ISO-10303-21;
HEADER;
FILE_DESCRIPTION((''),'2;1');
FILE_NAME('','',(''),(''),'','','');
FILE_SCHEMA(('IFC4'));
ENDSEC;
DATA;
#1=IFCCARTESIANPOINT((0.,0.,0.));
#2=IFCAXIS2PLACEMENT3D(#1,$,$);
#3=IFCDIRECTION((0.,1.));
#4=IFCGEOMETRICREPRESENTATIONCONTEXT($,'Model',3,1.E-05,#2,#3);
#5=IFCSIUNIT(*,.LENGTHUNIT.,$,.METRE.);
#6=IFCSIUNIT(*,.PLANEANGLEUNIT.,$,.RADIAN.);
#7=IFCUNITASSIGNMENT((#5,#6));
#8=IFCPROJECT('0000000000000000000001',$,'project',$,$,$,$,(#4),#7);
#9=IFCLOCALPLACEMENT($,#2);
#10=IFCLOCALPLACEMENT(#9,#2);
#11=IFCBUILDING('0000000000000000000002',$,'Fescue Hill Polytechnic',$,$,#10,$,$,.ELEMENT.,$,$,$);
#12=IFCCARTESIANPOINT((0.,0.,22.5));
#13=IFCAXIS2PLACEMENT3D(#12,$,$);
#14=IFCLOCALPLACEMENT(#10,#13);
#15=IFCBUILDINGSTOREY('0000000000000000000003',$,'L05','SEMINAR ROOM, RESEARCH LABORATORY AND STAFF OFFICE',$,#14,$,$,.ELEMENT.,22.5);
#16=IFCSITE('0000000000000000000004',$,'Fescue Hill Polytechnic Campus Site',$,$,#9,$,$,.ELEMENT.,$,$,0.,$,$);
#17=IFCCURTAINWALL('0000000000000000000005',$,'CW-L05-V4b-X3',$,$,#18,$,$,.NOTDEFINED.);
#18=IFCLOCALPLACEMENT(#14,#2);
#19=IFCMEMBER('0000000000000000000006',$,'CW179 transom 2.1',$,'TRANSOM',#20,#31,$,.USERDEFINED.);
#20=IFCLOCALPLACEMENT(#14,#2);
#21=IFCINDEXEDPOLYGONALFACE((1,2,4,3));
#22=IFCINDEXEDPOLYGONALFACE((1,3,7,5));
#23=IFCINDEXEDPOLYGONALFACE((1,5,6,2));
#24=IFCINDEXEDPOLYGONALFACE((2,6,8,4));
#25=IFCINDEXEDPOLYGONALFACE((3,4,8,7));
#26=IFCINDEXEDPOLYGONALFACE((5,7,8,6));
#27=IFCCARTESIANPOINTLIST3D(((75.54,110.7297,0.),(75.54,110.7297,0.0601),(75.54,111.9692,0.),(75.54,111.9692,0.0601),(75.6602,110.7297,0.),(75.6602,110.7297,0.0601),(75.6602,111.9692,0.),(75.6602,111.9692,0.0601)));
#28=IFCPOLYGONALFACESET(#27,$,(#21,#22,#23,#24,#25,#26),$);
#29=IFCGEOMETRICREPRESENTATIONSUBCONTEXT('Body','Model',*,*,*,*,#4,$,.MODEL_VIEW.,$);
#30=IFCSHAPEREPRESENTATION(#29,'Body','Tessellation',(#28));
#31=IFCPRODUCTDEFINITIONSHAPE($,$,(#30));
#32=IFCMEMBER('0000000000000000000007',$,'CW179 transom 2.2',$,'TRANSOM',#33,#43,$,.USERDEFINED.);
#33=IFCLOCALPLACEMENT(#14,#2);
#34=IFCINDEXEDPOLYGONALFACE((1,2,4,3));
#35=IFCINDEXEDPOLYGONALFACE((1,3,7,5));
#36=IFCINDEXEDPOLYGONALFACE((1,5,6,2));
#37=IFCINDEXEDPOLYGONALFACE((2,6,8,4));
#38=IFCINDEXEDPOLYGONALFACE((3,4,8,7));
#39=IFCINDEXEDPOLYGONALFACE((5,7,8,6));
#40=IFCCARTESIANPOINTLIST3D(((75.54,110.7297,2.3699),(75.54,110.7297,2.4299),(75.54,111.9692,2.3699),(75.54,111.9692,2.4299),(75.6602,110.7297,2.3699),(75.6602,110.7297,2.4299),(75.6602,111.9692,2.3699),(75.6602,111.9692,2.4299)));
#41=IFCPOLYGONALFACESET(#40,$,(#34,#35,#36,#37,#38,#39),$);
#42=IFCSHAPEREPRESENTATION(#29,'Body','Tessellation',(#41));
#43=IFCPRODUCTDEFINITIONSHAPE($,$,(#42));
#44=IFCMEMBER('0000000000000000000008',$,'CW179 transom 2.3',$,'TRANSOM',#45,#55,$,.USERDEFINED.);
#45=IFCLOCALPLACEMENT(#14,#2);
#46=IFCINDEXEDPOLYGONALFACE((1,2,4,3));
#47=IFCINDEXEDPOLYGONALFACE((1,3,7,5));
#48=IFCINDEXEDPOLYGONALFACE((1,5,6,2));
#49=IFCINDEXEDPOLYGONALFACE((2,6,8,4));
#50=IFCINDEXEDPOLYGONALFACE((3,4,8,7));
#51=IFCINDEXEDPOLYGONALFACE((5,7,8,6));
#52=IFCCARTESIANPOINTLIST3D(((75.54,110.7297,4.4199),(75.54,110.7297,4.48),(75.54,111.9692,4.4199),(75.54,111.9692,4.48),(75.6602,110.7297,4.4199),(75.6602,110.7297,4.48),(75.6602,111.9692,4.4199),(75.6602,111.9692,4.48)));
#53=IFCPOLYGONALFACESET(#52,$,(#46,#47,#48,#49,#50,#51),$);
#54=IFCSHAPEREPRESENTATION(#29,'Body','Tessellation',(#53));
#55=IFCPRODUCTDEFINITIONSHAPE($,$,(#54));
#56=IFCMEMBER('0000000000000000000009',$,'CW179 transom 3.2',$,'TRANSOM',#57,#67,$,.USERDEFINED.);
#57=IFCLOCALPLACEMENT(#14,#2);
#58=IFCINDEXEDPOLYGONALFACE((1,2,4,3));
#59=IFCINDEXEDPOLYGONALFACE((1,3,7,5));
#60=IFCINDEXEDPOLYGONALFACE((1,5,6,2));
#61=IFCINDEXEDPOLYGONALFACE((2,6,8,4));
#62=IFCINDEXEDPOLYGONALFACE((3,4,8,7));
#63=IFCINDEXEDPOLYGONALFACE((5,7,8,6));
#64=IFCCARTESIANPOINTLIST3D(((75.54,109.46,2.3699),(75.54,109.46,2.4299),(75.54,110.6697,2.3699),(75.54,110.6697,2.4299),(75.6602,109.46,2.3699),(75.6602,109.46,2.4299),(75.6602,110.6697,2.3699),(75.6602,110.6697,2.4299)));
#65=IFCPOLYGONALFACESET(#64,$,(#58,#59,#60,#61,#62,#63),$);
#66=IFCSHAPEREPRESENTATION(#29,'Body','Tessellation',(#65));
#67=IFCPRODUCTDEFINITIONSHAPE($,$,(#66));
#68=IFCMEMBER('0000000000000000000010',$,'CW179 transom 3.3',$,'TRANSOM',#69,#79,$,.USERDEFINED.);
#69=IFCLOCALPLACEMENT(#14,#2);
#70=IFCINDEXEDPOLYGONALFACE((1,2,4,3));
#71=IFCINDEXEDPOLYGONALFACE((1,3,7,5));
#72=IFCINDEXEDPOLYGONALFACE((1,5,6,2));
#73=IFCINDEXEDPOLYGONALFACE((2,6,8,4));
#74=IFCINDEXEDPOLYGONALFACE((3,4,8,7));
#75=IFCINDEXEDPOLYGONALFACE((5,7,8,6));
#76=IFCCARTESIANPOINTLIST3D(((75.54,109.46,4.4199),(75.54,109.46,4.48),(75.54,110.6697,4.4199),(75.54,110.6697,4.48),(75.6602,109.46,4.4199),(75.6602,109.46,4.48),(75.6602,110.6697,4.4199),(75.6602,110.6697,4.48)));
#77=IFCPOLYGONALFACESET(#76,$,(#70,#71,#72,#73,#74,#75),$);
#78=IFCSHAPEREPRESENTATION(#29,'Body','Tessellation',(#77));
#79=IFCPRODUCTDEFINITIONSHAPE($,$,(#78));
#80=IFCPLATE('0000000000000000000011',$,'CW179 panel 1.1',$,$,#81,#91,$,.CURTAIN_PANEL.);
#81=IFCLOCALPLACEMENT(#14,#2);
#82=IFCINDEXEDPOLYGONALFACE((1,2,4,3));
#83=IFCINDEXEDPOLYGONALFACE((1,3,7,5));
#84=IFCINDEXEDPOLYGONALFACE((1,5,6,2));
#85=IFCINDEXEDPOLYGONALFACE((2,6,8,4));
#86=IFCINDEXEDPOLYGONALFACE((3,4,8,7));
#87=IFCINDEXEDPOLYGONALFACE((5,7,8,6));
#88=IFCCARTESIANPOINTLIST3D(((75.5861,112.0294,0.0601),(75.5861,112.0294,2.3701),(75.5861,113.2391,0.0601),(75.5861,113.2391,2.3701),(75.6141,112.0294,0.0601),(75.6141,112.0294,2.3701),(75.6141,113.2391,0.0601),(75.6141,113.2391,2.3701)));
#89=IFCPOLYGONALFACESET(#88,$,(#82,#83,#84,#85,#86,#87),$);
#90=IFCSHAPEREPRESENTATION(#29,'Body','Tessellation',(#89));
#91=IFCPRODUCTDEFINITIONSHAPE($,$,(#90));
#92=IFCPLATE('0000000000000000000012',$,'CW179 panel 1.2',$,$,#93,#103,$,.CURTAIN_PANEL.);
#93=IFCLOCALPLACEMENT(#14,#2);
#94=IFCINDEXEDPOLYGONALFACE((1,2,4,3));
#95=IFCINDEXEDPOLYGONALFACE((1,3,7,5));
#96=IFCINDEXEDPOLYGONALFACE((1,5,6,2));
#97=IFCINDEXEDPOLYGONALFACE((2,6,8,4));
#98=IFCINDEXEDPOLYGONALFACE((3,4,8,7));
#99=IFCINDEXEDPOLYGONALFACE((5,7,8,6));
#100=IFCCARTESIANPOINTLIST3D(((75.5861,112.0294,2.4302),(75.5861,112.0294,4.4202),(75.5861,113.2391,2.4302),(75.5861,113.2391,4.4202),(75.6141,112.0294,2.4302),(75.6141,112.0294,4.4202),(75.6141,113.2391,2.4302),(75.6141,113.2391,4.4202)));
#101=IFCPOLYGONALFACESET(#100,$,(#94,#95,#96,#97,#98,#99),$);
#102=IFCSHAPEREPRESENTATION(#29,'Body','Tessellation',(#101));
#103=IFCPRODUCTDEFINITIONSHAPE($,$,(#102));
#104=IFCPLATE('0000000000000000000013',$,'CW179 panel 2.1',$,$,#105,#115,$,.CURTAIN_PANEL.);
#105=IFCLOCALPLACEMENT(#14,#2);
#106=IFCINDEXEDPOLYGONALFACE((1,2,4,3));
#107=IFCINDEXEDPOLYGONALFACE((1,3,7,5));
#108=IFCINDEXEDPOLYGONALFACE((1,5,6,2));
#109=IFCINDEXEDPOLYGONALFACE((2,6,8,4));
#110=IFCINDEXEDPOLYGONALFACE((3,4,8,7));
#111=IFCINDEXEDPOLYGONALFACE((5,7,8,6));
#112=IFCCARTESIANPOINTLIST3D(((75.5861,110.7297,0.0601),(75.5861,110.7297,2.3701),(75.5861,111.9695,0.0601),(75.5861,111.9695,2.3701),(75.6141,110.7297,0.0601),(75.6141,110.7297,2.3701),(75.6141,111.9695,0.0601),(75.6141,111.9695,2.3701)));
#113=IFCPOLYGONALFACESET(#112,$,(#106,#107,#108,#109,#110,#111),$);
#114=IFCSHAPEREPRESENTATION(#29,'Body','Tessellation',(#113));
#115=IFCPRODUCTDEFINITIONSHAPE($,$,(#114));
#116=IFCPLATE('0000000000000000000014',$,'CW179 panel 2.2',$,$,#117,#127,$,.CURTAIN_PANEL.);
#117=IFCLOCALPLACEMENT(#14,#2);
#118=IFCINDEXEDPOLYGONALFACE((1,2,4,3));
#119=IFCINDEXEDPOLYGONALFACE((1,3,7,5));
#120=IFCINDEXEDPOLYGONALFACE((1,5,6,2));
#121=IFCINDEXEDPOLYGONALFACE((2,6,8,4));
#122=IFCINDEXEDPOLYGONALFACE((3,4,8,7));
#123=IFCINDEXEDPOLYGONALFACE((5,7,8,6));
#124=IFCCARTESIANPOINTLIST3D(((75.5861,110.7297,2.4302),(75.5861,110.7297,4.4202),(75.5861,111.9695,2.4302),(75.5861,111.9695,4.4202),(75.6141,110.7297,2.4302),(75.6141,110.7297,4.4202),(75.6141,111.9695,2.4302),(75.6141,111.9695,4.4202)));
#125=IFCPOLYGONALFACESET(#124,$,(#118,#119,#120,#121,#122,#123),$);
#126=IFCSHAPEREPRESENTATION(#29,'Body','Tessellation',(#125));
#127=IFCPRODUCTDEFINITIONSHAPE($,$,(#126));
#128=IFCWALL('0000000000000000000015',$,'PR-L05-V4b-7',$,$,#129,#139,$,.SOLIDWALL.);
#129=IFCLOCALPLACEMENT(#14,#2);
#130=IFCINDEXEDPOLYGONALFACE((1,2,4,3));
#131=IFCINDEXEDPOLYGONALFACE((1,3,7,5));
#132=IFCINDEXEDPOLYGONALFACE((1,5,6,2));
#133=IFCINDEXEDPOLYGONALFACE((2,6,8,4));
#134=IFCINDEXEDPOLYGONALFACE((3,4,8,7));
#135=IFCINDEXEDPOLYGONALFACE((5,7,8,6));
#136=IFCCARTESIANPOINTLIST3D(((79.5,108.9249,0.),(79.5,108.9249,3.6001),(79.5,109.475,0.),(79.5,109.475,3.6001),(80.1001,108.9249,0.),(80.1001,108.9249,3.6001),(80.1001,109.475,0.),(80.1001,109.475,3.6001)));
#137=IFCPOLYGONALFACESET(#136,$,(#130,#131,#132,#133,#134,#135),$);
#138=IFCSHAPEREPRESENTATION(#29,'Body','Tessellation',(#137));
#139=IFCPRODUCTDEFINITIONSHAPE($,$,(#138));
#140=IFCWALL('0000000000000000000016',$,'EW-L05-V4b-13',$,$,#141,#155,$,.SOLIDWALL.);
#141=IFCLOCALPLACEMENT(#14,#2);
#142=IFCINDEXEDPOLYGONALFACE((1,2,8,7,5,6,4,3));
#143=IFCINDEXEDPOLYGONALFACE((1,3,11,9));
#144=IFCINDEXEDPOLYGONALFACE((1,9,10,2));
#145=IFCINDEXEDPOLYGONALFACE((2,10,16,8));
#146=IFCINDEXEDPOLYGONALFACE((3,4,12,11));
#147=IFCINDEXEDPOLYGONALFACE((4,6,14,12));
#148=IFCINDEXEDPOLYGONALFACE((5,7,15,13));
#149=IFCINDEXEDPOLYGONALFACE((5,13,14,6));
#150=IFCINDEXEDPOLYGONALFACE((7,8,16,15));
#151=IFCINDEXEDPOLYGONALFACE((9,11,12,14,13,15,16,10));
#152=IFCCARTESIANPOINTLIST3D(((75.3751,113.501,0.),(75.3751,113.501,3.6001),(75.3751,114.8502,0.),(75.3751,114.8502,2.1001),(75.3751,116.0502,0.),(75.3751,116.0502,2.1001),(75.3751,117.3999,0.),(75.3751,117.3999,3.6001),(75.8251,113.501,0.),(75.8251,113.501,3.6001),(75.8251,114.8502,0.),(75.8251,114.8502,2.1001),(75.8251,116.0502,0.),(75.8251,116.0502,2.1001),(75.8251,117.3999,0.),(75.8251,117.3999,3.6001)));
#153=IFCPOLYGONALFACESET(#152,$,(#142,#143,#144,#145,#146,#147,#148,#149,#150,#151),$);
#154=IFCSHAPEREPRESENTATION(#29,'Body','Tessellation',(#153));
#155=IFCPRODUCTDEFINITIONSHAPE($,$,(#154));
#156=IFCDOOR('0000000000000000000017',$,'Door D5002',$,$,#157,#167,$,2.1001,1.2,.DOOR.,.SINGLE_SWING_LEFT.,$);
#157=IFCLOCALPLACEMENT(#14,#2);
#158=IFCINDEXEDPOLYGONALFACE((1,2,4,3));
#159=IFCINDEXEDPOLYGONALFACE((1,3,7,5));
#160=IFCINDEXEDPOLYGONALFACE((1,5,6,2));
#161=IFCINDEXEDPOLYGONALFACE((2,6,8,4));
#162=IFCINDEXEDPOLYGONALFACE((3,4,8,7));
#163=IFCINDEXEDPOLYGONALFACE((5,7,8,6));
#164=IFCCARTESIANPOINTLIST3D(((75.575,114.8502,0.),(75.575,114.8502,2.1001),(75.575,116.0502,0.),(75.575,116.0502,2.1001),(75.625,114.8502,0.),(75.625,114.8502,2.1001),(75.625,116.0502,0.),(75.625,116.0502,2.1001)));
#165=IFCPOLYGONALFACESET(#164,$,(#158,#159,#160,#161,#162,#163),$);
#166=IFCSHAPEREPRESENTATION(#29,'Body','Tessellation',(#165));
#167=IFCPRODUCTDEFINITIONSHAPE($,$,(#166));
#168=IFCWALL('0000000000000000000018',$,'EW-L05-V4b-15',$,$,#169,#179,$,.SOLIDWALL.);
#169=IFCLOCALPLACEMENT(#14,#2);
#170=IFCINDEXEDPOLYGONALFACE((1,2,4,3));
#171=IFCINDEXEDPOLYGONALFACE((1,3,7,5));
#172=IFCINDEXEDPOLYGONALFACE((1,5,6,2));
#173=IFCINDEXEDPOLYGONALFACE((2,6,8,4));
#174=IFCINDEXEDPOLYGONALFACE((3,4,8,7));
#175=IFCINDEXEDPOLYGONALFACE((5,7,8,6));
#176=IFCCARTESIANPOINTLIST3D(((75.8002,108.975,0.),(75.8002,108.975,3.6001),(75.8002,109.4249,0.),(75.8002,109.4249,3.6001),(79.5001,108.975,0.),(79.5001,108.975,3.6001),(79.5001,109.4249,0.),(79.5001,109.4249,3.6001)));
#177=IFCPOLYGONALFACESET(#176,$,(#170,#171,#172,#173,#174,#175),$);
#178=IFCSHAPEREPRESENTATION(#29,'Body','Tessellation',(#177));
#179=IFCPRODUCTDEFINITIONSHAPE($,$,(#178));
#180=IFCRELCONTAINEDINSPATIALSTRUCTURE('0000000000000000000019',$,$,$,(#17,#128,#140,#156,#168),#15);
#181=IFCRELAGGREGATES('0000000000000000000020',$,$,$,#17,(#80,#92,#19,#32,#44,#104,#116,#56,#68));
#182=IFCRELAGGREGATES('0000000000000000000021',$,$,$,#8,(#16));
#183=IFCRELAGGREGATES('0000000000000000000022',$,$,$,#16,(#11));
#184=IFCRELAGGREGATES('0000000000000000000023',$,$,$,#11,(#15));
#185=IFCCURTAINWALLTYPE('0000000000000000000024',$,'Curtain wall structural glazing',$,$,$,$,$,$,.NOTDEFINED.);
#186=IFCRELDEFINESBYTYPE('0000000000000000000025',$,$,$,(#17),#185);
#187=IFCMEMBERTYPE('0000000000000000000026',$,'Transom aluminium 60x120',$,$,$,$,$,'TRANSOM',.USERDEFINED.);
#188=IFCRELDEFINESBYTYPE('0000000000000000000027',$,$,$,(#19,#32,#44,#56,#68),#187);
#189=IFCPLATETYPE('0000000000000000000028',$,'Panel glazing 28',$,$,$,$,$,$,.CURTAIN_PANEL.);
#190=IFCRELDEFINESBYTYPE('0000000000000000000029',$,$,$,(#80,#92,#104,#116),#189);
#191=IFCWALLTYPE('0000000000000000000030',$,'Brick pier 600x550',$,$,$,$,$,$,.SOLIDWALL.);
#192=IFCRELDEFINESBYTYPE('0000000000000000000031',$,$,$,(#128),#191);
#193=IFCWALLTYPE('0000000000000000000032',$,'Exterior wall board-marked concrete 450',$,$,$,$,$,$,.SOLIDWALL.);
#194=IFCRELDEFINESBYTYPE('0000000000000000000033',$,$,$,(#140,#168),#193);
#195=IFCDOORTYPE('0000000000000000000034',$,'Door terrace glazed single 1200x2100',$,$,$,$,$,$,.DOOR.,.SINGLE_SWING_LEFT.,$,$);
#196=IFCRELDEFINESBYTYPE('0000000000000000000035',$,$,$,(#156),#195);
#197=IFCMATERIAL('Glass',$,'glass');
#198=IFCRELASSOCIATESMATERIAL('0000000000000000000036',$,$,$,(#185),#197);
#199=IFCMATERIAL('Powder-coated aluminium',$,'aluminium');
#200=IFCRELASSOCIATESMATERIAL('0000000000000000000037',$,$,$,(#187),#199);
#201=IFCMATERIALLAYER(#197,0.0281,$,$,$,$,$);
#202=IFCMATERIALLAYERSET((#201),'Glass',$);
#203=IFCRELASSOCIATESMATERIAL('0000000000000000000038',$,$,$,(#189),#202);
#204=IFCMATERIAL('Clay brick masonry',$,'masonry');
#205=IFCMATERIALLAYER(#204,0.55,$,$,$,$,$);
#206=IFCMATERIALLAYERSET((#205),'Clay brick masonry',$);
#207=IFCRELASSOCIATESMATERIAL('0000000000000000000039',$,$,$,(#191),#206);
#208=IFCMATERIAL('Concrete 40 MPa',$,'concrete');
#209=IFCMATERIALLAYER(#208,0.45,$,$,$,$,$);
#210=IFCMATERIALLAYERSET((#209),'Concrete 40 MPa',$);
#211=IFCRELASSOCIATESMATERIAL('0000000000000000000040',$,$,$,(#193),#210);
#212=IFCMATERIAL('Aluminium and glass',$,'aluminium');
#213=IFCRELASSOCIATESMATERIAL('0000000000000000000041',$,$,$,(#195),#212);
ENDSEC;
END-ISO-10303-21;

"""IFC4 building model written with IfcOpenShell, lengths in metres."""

from ifc_helpers import new_model, si_unit, direction, frame, frame_2d, origin, origin_2d, place, context, subcontext, project, spatial, rectangle, extrude, material, layer, layer_set, material_profile, profile_set, type_object, element, fill, aggregate, save


model = new_model("IFC4")

# Units and contexts
model_context = context("Model", 3, precision=1e-05, world=origin(), true_north=direction((0.0, 1.0)))
body_context = subcontext(model_context, "Body", "Model", "MODEL_VIEW")
ifc_project = project(units=[si_unit("LENGTHUNIT", "METRE"), si_unit("PLANEANGLEUNIT", "RADIAN")], contexts=[model_context])

# Site, building, storey
site_placement = place(None, origin())
site = spatial("IfcSite", under=ifc_project, at=site_placement, Name="Fescue Hill Polytechnic Campus Site", CompositionType="ELEMENT", RefElevation=0.0)
building_placement = place(site_placement, origin())
building = spatial("IfcBuilding", under=site, at=building_placement, Name="Fescue Hill Polytechnic", CompositionType="ELEMENT")
storey_placement = place(building_placement, frame((0.0, 0.0, 22.5)))
storey = spatial("IfcBuildingStorey", under=building, at=storey_placement, Name="L05", Description="SEMINAR ROOM, RESEARCH LABORATORY AND STAFF OFFICE", CompositionType="ELEMENT", Elevation=22.5)

# Shared definitions
ifc_material_1 = material(Name="Concrete 40 MPa", Category="concrete")

# Curtain wall, members, plates
ifc_material_2 = material(Name="Glass", Category="glass")
curtain_wall_type = type_object("IfcCurtainWallType", Name="Curtain wall structural glazing", PredefinedType="NOTDEFINED", material=ifc_material_2)
curtain_wall_placement = place(storey_placement, origin())
curtain_wall = element("IfcCurtainWall", 1, at=curtain_wall_placement, inside=storey, type_object=curtain_wall_type, Name="CW-L05-V4b-X3", PredefinedType="NOTDEFINED")
ifc_material_3 = material(Name="Powder-coated aluminium", Category="aluminium")
ifc_material_profile_1 = material_profile(ifc_material_3, rectangle(XDim=0.1201, YDim=0.0601, at=origin_2d()), Name="Transom aluminium 60x120")
ifc_profile_set_1 = profile_set([ifc_material_profile_1], Name="Powder-coated aluminium")
member_type_1 = type_object("IfcMemberType", Name="Transom aluminium 60x120", ElementType="TRANSOM", PredefinedType="USERDEFINED", material=ifc_profile_set_1)
member_1_placement = place(storey_placement, frame((75.6001, 111.9692, 0.03), z_axis=(0.0, -1.0, 0.0), x_axis=(1.0, 0.0, 0.0)))
member_1 = element("IfcMember", 2, at=member_1_placement, type_object=member_type_1, Name="CW179 transom 2.1", ObjectType="TRANSOM", PredefinedType="USERDEFINED", context=body_context, shape_type="SweptSolid", body=[
    extrude(rectangle(XDim=0.1201, YDim=0.0601, at=origin_2d()), origin(), (0.0, 0.0, 1.0), 1.2395),
])
member_2_placement = place(storey_placement, frame((75.6001, 111.9692, 2.3999), z_axis=(0.0, -1.0, 0.0), x_axis=(1.0, 0.0, 0.0)))
member_2 = element("IfcMember", 3, at=member_2_placement, type_object=member_type_1, Name="CW179 transom 2.2", ObjectType="TRANSOM", PredefinedType="USERDEFINED", context=body_context, shape_type="SweptSolid", body=[
    extrude(rectangle(XDim=0.1201, YDim=0.0601, at=origin_2d()), origin(), (0.0, 0.0, 1.0), 1.2395),
])
member_3_placement = place(storey_placement, frame((75.6001, 111.9692, 4.45), z_axis=(0.0, -1.0, 0.0), x_axis=(1.0, 0.0, 0.0)))
member_3 = element("IfcMember", 4, at=member_3_placement, type_object=member_type_1, Name="CW179 transom 2.3", ObjectType="TRANSOM", PredefinedType="USERDEFINED", context=body_context, shape_type="SweptSolid", body=[
    extrude(rectangle(XDim=0.1201, YDim=0.0601, at=origin_2d()), origin(), (0.0, 0.0, 1.0), 1.2395),
])
member_4_placement = place(storey_placement, frame((75.6001, 110.6697, 2.3999), z_axis=(0.0, -1.0, 0.0), x_axis=(1.0, 0.0, 0.0)))
member_4 = element("IfcMember", 5, at=member_4_placement, type_object=member_type_1, Name="CW179 transom 3.2", ObjectType="TRANSOM", PredefinedType="USERDEFINED", context=body_context, shape_type="SweptSolid", body=[
    extrude(rectangle(XDim=0.1201, YDim=0.0601, at=origin_2d()), origin(), (0.0, 0.0, 1.0), 1.2097),
])
member_5_placement = place(storey_placement, frame((75.6001, 110.6697, 4.45), z_axis=(0.0, -1.0, 0.0), x_axis=(1.0, 0.0, 0.0)))
member_5 = element("IfcMember", 6, at=member_5_placement, type_object=member_type_1, Name="CW179 transom 3.3", ObjectType="TRANSOM", PredefinedType="USERDEFINED", context=body_context, shape_type="SweptSolid", body=[
    extrude(rectangle(XDim=0.1201, YDim=0.0601, at=origin_2d()), origin(), (0.0, 0.0, 1.0), 1.2097),
])
ifc_layer_1 = layer(ifc_material_2, 0.0281)
ifc_layer_set_1 = layer_set([ifc_layer_1], Name="Glass")
plate_type = type_object("IfcPlateType", Name="Panel glazing 28", PredefinedType="CURTAIN_PANEL", material=ifc_layer_set_1)
plate_1_placement = place(storey_placement, frame((75.6001, 112.6343, 0.0601), z_axis=(0.0, 0.0, 1.0), x_axis=(0.0, -1.0, 0.0)))
plate_1 = element("IfcPlate", 7, at=plate_1_placement, type_object=plate_type, Name="CW179 panel 1.1", PredefinedType="CURTAIN_PANEL", context=body_context, shape_type="SweptSolid", body=[
    extrude(rectangle(XDim=1.2097, YDim=0.0281, at=origin_2d()), origin(), (0.0, 0.0, 1.0), 2.3101),
])
plate_2_placement = place(storey_placement, frame((75.6001, 112.6343, 2.4302), z_axis=(0.0, 0.0, 1.0), x_axis=(0.0, -1.0, 0.0)))
plate_2 = element("IfcPlate", 8, at=plate_2_placement, type_object=plate_type, Name="CW179 panel 1.2", PredefinedType="CURTAIN_PANEL", context=body_context, shape_type="SweptSolid", body=[
    extrude(rectangle(XDim=1.2097, YDim=0.0281, at=origin_2d()), origin(), (0.0, 0.0, 1.0), 1.99),
])
plate_3_placement = place(storey_placement, frame((75.6001, 111.3496, 0.0601), z_axis=(0.0, 0.0, 1.0), x_axis=(0.0, -1.0, 0.0)))
plate_3 = element("IfcPlate", 9, at=plate_3_placement, type_object=plate_type, Name="CW179 panel 2.1", PredefinedType="CURTAIN_PANEL", context=body_context, shape_type="SweptSolid", body=[
    extrude(rectangle(XDim=1.2397, YDim=0.0281, at=origin_2d()), origin(), (0.0, 0.0, 1.0), 2.3101),
])
plate_4_placement = place(storey_placement, frame((75.6001, 111.3496, 2.4302), z_axis=(0.0, 0.0, 1.0), x_axis=(0.0, -1.0, 0.0)))
plate_4 = element("IfcPlate", 10, at=plate_4_placement, type_object=plate_type, Name="CW179 panel 2.2", PredefinedType="CURTAIN_PANEL", context=body_context, shape_type="SweptSolid", body=[
    extrude(rectangle(XDim=1.2397, YDim=0.0281, at=origin_2d()), origin(), (0.0, 0.0, 1.0), 1.99),
])
aggregate(curtain_wall, [plate_1, plate_2, member_1, member_2, member_3, plate_3, plate_4, member_4, member_5])

# Wall
ifc_material_4 = material(Name="Clay brick masonry", Category="masonry")
ifc_layer_2 = layer(ifc_material_4, 0.55)
ifc_layer_set_2 = layer_set([ifc_layer_2], Name="Clay brick masonry")
wall_type_1 = type_object("IfcWallType", Name="Brick pier 600x550", PredefinedType="SOLIDWALL", material=ifc_layer_set_2)
wall_1_placement = place(storey_placement, frame((79.5, 109.2, 0.0), z_axis=(0.0, 0.0, 1.0), x_axis=(1.0, 0.0, 0.0)))
element("IfcWall", 11, at=wall_1_placement, inside=storey, type_object=wall_type_1, Name="PR-L05-V4b-7", PredefinedType="SOLIDWALL", context=body_context, shape_type="SweptSolid", body=[
    extrude(rectangle(XDim=0.6001, YDim=0.55, at=frame_2d((0.3, 0.0))), origin(), (0.0, 0.0, 1.0), 3.6001),
])

# Wall, opening, door
ifc_layer_3 = layer(ifc_material_1, 0.45)
ifc_layer_set_3 = layer_set([ifc_layer_3], Name="Concrete 40 MPa")
wall_type_2 = type_object("IfcWallType", Name="Exterior wall board-marked concrete 450", PredefinedType="SOLIDWALL", material=ifc_layer_set_3)
wall_2_placement = place(storey_placement, frame((75.6001, 117.3999, 0.0), z_axis=(0.0, 0.0, 1.0), x_axis=(0.0, -1.0, 0.0)))
wall_2 = element("IfcWall", 12, at=wall_2_placement, inside=storey, type_object=wall_type_2, Name="EW-L05-V4b-13", PredefinedType="SOLIDWALL", context=body_context, shape_type="SweptSolid", body=[
    extrude(rectangle(XDim=3.8989, YDim=0.45, at=frame_2d((1.9495, 0.0))), origin(), (0.0, 0.0, 1.0), 3.6001),
])
opening_1_placement = place(wall_2_placement, frame((1.3496, 0.0, 0.0)))
opening_1 = element("IfcOpeningElement", 13, at=opening_1_placement, cuts=wall_2, PredefinedType="OPENING", context=body_context, shape_type="SweptSolid", body=[
    extrude(rectangle(XDim=1.2, YDim=2.1001, at=frame_2d((0.6001, 1.05))), frame((0.0, 0.2349, 0.0), z_axis=(0.0, -1.0, 0.0), x_axis=(1.0, 0.0, 0.0)), (0.0, 0.0, 1.0), 0.47),
])
ifc_material_5 = material(Name="Aluminium and glass", Category="aluminium")
door_type_1 = type_object("IfcDoorType", Name="Door terrace glazed single 1200x2100", OperationType="SINGLE_SWING_LEFT", PredefinedType="DOOR", material=ifc_material_5)
door_1_placement = place(opening_1_placement, origin())
door_1 = element("IfcDoor", 14, at=door_1_placement, inside=storey, type_object=door_type_1, Name="Door D5002", OperationType="SINGLE_SWING_LEFT", OverallHeight=2.1001, OverallWidth=1.2, PredefinedType="DOOR", context=body_context, shape_type="SweptSolid", body=[
    extrude(rectangle(XDim=1.2, YDim=2.1001, at=frame_2d((0.6001, 1.05))), frame((0.0, 0.0249, 0.0), z_axis=(0.0, -1.0, 0.0), x_axis=(1.0, 0.0, 0.0)), (0.0, 0.0, 1.0), 0.05),
])
fill(opening_1, door_1)

# Wall
wall_3_placement = place(storey_placement, frame((75.8, 109.2, 0.0), z_axis=(0.0, 0.0, 1.0), x_axis=(1.0, 0.0, 0.0)))
element("IfcWall", 15, at=wall_3_placement, inside=storey, type_object=wall_type_2, Name="EW-L05-V4b-15", PredefinedType="SOLIDWALL", context=body_context, shape_type="SweptSolid", body=[
    extrude(rectangle(XDim=3.7, YDim=0.45, at=frame_2d((1.8501, 0.0))), origin(), (0.0, 0.0, 1.0), 3.6001),
])

save(model, "model.ifc")
